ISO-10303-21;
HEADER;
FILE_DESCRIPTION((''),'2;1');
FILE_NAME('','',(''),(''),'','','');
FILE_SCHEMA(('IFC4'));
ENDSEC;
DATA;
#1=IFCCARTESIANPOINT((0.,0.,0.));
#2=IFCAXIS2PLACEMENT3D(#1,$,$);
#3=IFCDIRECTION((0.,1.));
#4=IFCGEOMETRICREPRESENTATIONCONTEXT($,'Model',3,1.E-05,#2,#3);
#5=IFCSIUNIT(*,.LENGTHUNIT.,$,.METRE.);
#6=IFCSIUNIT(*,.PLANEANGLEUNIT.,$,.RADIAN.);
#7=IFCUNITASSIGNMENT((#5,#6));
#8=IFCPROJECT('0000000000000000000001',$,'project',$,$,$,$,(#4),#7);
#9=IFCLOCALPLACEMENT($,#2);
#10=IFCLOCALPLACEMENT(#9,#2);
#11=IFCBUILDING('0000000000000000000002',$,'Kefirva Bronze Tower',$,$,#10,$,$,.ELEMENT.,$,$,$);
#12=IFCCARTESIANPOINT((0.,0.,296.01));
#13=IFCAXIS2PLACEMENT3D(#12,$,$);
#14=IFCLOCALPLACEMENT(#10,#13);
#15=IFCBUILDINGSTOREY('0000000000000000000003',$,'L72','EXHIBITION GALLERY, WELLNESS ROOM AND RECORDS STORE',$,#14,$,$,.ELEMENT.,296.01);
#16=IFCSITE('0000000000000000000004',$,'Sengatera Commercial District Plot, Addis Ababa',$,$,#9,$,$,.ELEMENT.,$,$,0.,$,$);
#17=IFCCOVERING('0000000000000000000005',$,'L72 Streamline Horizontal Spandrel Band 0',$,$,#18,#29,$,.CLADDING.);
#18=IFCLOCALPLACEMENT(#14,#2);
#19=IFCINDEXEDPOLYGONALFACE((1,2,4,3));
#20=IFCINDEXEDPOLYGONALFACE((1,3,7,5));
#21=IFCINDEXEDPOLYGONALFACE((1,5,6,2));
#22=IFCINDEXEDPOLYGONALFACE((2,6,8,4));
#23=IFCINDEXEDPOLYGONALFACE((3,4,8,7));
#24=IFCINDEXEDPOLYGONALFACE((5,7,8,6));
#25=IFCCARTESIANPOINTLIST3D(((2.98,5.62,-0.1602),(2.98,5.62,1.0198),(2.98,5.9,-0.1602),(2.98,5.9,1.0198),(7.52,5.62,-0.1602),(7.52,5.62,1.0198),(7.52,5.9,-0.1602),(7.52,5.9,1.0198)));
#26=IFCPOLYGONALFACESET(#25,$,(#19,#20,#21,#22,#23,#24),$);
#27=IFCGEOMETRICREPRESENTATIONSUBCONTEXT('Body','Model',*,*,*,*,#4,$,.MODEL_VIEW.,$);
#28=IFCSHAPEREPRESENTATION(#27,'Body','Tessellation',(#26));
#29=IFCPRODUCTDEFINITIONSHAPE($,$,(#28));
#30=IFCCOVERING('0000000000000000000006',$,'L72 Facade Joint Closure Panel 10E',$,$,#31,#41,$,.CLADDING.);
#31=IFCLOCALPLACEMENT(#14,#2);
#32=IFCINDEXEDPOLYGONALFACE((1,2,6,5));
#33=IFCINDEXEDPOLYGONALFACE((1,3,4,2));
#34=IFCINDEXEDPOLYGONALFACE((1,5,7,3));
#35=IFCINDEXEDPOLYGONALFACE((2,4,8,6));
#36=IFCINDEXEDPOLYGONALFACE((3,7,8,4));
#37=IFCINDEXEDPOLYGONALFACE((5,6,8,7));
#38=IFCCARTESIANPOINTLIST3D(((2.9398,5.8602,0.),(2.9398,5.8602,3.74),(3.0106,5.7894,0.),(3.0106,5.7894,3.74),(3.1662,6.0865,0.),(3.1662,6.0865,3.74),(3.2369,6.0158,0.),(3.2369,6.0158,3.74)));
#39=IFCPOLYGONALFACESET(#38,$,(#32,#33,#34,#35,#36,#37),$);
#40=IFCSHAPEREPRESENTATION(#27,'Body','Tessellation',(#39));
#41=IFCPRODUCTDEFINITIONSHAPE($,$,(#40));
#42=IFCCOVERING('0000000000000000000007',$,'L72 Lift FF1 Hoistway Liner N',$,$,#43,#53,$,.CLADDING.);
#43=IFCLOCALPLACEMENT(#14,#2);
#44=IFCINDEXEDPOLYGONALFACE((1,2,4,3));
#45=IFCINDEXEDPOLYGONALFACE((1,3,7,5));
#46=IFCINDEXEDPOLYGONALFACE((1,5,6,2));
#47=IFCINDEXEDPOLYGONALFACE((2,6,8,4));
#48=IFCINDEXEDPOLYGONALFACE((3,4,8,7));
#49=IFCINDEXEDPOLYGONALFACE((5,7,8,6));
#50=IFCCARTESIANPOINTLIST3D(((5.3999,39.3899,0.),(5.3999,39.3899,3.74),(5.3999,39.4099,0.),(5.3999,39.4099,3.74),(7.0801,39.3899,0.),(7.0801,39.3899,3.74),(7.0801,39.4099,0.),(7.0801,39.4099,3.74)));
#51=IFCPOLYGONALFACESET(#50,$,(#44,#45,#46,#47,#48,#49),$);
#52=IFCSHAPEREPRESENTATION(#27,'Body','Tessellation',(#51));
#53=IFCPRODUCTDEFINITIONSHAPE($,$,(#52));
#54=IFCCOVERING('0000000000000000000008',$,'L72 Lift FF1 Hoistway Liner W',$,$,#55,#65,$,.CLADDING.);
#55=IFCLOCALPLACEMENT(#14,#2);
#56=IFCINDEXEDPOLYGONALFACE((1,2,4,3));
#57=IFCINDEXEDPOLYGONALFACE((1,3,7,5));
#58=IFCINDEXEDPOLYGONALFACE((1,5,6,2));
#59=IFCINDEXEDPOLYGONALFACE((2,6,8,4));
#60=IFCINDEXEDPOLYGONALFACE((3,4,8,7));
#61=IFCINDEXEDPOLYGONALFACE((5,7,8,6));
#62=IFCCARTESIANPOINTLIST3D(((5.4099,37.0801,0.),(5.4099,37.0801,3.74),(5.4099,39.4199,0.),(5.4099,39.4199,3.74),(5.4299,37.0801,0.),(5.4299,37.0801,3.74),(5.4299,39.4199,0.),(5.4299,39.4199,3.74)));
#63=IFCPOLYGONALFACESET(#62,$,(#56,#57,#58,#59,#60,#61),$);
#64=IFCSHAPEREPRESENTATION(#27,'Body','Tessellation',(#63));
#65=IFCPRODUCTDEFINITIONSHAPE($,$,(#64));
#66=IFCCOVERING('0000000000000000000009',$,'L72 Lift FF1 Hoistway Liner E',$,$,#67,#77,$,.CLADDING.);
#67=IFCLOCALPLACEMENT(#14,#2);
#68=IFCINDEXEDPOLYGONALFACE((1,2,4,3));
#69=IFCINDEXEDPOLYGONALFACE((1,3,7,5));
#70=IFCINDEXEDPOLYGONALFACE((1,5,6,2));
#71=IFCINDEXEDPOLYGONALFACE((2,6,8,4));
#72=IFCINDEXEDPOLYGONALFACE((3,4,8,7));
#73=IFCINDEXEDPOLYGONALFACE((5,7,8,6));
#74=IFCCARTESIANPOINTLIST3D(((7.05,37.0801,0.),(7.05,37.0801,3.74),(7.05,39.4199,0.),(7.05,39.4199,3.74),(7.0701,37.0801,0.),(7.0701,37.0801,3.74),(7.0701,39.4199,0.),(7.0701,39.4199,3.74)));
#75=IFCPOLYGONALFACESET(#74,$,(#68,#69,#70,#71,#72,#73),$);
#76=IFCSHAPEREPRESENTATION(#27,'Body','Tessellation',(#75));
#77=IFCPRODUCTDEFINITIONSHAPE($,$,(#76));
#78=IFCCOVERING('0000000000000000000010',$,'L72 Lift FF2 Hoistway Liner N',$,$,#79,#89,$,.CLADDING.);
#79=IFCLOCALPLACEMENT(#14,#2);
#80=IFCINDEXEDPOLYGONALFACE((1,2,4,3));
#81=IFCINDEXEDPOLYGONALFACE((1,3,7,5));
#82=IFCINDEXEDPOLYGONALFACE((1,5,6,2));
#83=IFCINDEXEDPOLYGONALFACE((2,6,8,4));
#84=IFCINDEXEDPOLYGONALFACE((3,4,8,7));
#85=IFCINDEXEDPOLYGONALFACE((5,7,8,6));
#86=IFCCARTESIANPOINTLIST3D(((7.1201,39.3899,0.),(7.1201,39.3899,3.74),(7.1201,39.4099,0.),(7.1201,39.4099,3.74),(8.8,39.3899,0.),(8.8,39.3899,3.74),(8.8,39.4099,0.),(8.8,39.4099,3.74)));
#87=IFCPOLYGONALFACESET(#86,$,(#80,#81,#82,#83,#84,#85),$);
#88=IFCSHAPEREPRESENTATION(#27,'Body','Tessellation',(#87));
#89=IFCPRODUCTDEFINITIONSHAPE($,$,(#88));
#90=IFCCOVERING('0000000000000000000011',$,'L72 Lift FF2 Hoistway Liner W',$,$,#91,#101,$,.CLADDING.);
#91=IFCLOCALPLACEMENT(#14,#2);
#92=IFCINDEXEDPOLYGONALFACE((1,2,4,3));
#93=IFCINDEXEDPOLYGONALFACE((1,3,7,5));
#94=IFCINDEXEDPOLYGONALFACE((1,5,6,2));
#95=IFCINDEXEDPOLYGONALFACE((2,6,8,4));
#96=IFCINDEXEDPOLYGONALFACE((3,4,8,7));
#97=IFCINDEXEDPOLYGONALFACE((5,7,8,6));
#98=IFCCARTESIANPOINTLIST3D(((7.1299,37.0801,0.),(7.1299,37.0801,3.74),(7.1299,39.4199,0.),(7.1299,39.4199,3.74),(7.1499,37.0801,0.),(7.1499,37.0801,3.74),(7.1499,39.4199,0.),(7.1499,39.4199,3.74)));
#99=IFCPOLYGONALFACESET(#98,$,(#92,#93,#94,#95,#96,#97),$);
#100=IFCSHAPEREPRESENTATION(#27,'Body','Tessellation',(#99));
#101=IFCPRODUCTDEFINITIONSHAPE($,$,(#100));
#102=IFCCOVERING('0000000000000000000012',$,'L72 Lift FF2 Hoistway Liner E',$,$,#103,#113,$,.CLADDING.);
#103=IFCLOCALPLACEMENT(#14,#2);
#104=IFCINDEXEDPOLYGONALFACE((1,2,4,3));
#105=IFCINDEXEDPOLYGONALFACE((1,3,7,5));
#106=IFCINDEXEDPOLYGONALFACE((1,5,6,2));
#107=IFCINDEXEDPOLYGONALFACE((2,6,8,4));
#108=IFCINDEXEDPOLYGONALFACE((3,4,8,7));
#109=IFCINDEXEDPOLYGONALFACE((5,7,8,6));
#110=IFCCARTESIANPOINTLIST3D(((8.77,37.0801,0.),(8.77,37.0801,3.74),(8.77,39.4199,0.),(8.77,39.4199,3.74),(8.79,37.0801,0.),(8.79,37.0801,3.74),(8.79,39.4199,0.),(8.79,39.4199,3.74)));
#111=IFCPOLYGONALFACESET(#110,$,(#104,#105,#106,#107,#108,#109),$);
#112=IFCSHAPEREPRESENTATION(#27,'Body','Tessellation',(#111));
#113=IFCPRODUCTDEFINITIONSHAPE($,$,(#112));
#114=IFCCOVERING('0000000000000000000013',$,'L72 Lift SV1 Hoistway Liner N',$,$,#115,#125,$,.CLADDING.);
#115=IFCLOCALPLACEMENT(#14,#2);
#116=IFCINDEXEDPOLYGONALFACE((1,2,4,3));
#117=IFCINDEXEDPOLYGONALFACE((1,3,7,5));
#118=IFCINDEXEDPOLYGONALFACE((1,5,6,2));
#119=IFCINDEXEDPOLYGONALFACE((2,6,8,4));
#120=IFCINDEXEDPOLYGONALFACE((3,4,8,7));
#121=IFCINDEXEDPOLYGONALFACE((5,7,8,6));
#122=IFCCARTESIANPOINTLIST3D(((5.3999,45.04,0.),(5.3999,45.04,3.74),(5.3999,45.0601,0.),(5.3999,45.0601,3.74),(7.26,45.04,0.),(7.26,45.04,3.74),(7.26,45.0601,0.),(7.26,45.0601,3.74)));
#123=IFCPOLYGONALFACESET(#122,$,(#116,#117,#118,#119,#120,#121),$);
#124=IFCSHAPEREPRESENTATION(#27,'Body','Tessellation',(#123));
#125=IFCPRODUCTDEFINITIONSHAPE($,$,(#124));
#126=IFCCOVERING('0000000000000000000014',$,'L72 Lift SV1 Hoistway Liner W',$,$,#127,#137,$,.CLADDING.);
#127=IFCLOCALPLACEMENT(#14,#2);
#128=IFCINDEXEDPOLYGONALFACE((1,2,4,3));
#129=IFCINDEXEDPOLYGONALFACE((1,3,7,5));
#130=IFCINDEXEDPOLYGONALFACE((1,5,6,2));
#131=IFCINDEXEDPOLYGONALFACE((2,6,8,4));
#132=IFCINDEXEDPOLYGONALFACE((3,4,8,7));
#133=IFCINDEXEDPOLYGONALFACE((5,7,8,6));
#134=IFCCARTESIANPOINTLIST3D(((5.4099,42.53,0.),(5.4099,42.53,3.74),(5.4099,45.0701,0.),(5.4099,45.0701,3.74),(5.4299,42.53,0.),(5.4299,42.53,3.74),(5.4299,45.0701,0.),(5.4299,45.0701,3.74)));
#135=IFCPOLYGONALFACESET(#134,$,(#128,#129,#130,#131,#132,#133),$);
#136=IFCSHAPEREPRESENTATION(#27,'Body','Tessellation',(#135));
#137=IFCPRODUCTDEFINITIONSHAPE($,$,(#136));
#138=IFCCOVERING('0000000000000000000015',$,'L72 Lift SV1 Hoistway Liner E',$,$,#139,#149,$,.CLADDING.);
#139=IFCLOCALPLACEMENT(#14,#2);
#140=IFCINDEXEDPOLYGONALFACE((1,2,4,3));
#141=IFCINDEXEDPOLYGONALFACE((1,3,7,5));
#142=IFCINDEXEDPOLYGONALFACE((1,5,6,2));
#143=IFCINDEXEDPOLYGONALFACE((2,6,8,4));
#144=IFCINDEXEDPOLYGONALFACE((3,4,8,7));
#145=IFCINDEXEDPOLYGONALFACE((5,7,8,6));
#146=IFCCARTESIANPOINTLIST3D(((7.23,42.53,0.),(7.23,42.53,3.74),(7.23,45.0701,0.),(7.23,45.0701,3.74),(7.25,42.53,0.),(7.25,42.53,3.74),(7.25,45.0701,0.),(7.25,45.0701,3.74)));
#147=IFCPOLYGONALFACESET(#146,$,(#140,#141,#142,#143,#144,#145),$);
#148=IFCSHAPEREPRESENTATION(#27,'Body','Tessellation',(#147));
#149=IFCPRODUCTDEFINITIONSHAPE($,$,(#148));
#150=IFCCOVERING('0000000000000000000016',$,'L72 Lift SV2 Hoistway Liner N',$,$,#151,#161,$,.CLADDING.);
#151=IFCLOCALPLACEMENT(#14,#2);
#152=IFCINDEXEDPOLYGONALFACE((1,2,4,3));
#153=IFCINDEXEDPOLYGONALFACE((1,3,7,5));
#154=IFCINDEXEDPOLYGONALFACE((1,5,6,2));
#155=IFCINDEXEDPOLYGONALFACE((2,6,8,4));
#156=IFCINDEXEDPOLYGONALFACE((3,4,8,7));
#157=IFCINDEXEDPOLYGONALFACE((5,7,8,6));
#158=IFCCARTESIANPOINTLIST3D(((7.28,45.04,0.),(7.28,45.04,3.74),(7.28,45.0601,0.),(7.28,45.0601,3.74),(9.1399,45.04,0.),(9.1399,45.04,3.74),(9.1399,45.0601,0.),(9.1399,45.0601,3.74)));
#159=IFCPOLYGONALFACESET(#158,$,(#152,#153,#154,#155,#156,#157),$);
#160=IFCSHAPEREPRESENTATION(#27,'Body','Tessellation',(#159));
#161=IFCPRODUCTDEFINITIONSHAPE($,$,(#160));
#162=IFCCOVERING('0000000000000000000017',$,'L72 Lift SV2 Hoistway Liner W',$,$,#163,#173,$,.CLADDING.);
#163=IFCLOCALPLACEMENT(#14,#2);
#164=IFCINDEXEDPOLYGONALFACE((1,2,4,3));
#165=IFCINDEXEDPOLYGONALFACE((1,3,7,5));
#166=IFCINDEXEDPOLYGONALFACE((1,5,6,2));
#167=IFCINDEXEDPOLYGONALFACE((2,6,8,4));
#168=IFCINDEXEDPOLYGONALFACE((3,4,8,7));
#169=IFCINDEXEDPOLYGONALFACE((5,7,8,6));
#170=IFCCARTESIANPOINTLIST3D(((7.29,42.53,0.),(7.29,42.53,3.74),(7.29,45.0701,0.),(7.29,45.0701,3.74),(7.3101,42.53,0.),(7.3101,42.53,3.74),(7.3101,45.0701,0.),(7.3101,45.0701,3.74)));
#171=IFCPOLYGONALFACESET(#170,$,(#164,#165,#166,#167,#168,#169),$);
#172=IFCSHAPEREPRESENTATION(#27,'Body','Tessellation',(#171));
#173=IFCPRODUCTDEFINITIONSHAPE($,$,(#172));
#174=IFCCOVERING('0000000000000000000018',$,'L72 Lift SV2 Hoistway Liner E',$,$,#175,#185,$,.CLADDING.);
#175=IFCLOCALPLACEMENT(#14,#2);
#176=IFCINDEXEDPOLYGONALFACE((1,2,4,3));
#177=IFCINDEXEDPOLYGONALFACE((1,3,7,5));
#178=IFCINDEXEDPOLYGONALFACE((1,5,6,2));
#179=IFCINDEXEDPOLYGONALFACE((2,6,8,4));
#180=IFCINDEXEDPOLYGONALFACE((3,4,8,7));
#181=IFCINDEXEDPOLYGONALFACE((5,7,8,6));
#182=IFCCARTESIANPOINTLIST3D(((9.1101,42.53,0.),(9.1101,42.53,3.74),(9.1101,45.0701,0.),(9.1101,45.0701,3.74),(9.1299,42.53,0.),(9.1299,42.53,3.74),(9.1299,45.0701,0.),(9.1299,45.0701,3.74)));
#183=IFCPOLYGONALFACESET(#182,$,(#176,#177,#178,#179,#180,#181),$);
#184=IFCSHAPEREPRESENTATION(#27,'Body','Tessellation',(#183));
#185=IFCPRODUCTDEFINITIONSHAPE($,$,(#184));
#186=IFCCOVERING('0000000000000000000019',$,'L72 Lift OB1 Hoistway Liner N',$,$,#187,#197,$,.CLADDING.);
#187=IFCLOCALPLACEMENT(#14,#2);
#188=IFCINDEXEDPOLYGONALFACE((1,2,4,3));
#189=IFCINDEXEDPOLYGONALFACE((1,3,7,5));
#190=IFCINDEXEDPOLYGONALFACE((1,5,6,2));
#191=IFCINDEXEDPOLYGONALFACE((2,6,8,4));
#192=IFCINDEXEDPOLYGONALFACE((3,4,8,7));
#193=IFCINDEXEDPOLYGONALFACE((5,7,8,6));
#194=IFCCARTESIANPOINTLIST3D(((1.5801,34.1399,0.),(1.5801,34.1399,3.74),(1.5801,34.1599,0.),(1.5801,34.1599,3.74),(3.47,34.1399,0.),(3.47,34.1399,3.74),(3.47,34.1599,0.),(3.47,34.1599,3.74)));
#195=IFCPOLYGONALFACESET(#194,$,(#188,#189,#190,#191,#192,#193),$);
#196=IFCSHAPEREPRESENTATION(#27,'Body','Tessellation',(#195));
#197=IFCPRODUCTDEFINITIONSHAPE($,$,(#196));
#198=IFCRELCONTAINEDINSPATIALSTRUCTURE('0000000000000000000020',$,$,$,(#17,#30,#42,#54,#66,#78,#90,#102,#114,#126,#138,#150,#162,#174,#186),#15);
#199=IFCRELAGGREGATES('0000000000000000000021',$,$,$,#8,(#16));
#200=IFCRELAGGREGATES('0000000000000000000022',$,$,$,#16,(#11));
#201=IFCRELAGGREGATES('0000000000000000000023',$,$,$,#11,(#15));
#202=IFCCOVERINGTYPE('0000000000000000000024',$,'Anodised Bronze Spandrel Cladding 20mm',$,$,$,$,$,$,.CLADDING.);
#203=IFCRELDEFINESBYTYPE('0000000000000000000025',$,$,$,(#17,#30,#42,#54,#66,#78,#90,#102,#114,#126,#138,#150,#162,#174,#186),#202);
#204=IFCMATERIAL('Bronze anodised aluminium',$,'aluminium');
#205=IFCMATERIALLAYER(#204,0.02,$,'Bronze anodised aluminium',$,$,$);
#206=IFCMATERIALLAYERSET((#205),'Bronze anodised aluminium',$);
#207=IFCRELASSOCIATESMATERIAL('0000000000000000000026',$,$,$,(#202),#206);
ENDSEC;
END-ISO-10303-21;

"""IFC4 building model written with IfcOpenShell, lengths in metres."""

from ifc_helpers import new_model, si_unit, direction, frame, origin, origin_2d, place, context, subcontext, project, spatial, polyline, rectangle, outline, extrude, material, layer, layer_set, type_object, element, save


model = new_model("IFC4")

# Units and contexts
model_context = context("Model", 3, precision=1e-05, world=origin(), true_north=direction((0.0, 1.0)))
body_context = subcontext(model_context, "Body", "Model", "MODEL_VIEW")
ifc_project = project(units=[si_unit("LENGTHUNIT", "METRE"), si_unit("PLANEANGLEUNIT", "RADIAN")], contexts=[model_context])

# Site, building, storey
site_placement = place(None, origin())
site = spatial("IfcSite", under=ifc_project, at=site_placement, Name="Sengatera Commercial District Plot, Addis Ababa", CompositionType="ELEMENT", RefElevation=0.0)
building_placement = place(site_placement, origin())
building = spatial("IfcBuilding", under=site, at=building_placement, Name="Kefirva Bronze Tower", CompositionType="ELEMENT")
storey_placement = place(building_placement, frame((0.0, 0.0, 296.01)))
storey = spatial("IfcBuildingStorey", under=building, at=storey_placement, Name="L72", Description="EXHIBITION GALLERY, WELLNESS ROOM AND RECORDS STORE", CompositionType="ELEMENT", Elevation=296.01)

# Coverings
ifc_material_1 = material(Name="Bronze anodised aluminium", Category="aluminium")
ifc_layer_1 = layer(ifc_material_1, 0.02, Name="Bronze anodised aluminium")
ifc_layer_set_1 = layer_set([ifc_layer_1], Name="Bronze anodised aluminium")
covering_type_1 = type_object("IfcCoveringType", Name="Anodised Bronze Spandrel Cladding 20mm", PredefinedType="CLADDING", material=ifc_layer_set_1)
covering_1_placement = place(storey_placement, frame((5.25, 5.76, -0.1602), z_axis=(0.0, 0.0, 1.0), x_axis=(1.0, 0.0, 0.0)))
element("IfcCovering", 1, at=covering_1_placement, inside=storey, type_object=covering_type_1, Name="L72 Streamline Horizontal Spandrel Band 0", PredefinedType="CLADDING", context=body_context, shape_type="SweptSolid", body=[
    extrude(rectangle(XDim=4.54, YDim=0.28, at=origin_2d()), origin(), (0.0, 0.0, 1.0), 1.1799),
])
covering_2_placement = place(storey_placement, frame((3.0884, 5.938, 0.0), z_axis=(0.0, 0.0, 1.0), x_axis=(0.707107, -0.707107, 0.0)))
element("IfcCovering", 2, at=covering_2_placement, inside=storey, type_object=covering_type_1, Name="L72 Facade Joint Closure Panel 10E", PredefinedType="CLADDING", context=body_context, shape_type="SweptSolid", body=[
    extrude(rectangle(XDim=0.1001, YDim=0.3201, at=origin_2d()), origin(), (0.0, 0.0, 1.0), 3.74),
])
covering_3_placement = place(storey_placement, origin())
element("IfcCovering", 3, at=covering_3_placement, inside=storey, type_object=covering_type_1, Name="L72 Lift FF1 Hoistway Liner N", PredefinedType="CLADDING", context=body_context, shape_type="SweptSolid", body=[
    extrude(outline(polyline([(5.3999, 39.3899), (7.0801, 39.3899), (7.0801, 39.4099), (5.3999, 39.4099), (5.3999, 39.3899)])), origin(), (0.0, 0.0, 1.0), 3.74),
])
covering_4_placement = place(storey_placement, origin())
element("IfcCovering", 4, at=covering_4_placement, inside=storey, type_object=covering_type_1, Name="L72 Lift FF1 Hoistway Liner W", PredefinedType="CLADDING", context=body_context, shape_type="SweptSolid", body=[
    extrude(outline(polyline([(5.4099, 37.0801), (5.4299, 37.0801), (5.4299, 39.4199), (5.4099, 39.4199), (5.4099, 37.0801)])), origin(), (0.0, 0.0, 1.0), 3.74),
])
covering_5_placement = place(storey_placement, origin())
element("IfcCovering", 5, at=covering_5_placement, inside=storey, type_object=covering_type_1, Name="L72 Lift FF1 Hoistway Liner E", PredefinedType="CLADDING", context=body_context, shape_type="SweptSolid", body=[
    extrude(outline(polyline([(7.05, 37.0801), (7.0701, 37.0801), (7.0701, 39.4199), (7.05, 39.4199), (7.05, 37.0801)])), origin(), (0.0, 0.0, 1.0), 3.74),
])
covering_6_placement = place(storey_placement, origin())
element("IfcCovering", 6, at=covering_6_placement, inside=storey, type_object=covering_type_1, Name="L72 Lift FF2 Hoistway Liner N", PredefinedType="CLADDING", context=body_context, shape_type="SweptSolid", body=[
    extrude(outline(polyline([(7.1201, 39.3899), (8.8, 39.3899), (8.8, 39.4099), (7.1201, 39.4099), (7.1201, 39.3899)])), origin(), (0.0, 0.0, 1.0), 3.74),
])
covering_7_placement = place(storey_placement, origin())
element("IfcCovering", 7, at=covering_7_placement, inside=storey, type_object=covering_type_1, Name="L72 Lift FF2 Hoistway Liner W", PredefinedType="CLADDING", context=body_context, shape_type="SweptSolid", body=[
    extrude(outline(polyline([(7.1299, 37.0801), (7.1499, 37.0801), (7.1499, 39.4199), (7.1299, 39.4199), (7.1299, 37.0801)])), origin(), (0.0, 0.0, 1.0), 3.74),
])
covering_8_placement = place(storey_placement, origin())
element("IfcCovering", 8, at=covering_8_placement, inside=storey, type_object=covering_type_1, Name="L72 Lift FF2 Hoistway Liner E", PredefinedType="CLADDING", context=body_context, shape_type="SweptSolid", body=[
    extrude(outline(polyline([(8.77, 37.0801), (8.79, 37.0801), (8.79, 39.4199), (8.77, 39.4199), (8.77, 37.0801)])), origin(), (0.0, 0.0, 1.0), 3.74),
])
covering_9_placement = place(storey_placement, origin())
element("IfcCovering", 9, at=covering_9_placement, inside=storey, type_object=covering_type_1, Name="L72 Lift SV1 Hoistway Liner N", PredefinedType="CLADDING", context=body_context, shape_type="SweptSolid", body=[
    extrude(outline(polyline([(5.3999, 45.04), (7.26, 45.04), (7.26, 45.0601), (5.3999, 45.0601), (5.3999, 45.04)])), origin(), (0.0, 0.0, 1.0), 3.74),
])
covering_10_placement = place(storey_placement, origin())
element("IfcCovering", 10, at=covering_10_placement, inside=storey, type_object=covering_type_1, Name="L72 Lift SV1 Hoistway Liner W", PredefinedType="CLADDING", context=body_context, shape_type="SweptSolid", body=[
    extrude(outline(polyline([(5.4099, 42.53), (5.4299, 42.53), (5.4299, 45.0701), (5.4099, 45.0701), (5.4099, 42.53)])), origin(), (0.0, 0.0, 1.0), 3.74),
])
covering_11_placement = place(storey_placement, origin())
element("IfcCovering", 11, at=covering_11_placement, inside=storey, type_object=covering_type_1, Name="L72 Lift SV1 Hoistway Liner E", PredefinedType="CLADDING", context=body_context, shape_type="SweptSolid", body=[
    extrude(outline(polyline([(7.23, 42.53), (7.25, 42.53), (7.25, 45.0701), (7.23, 45.0701), (7.23, 42.53)])), origin(), (0.0, 0.0, 1.0), 3.74),
])
covering_12_placement = place(storey_placement, origin())
element("IfcCovering", 12, at=covering_12_placement, inside=storey, type_object=covering_type_1, Name="L72 Lift SV2 Hoistway Liner N", PredefinedType="CLADDING", context=body_context, shape_type="SweptSolid", body=[
    extrude(outline(polyline([(7.28, 45.04), (9.1399, 45.04), (9.1399, 45.0601), (7.28, 45.0601), (7.28, 45.04)])), origin(), (0.0, 0.0, 1.0), 3.74),
])
covering_13_placement = place(storey_placement, origin())
element("IfcCovering", 13, at=covering_13_placement, inside=storey, type_object=covering_type_1, Name="L72 Lift SV2 Hoistway Liner W", PredefinedType="CLADDING", context=body_context, shape_type="SweptSolid", body=[
    extrude(outline(polyline([(7.29, 42.53), (7.3101, 42.53), (7.3101, 45.0701), (7.29, 45.0701), (7.29, 42.53)])), origin(), (0.0, 0.0, 1.0), 3.74),
])
covering_14_placement = place(storey_placement, origin())
element("IfcCovering", 14, at=covering_14_placement, inside=storey, type_object=covering_type_1, Name="L72 Lift SV2 Hoistway Liner E", PredefinedType="CLADDING", context=body_context, shape_type="SweptSolid", body=[
    extrude(outline(polyline([(9.1101, 42.53), (9.1299, 42.53), (9.1299, 45.0701), (9.1101, 45.0701), (9.1101, 42.53)])), origin(), (0.0, 0.0, 1.0), 3.74),
])
covering_15_placement = place(storey_placement, origin())
element("IfcCovering", 15, at=covering_15_placement, inside=storey, type_object=covering_type_1, Name="L72 Lift OB1 Hoistway Liner N", PredefinedType="CLADDING", context=body_context, shape_type="SweptSolid", body=[
    extrude(outline(polyline([(1.5801, 34.1399), (3.47, 34.1399), (3.47, 34.1599), (1.5801, 34.1599), (1.5801, 34.1399)])), origin(), (0.0, 0.0, 1.0), 3.74),
])

save(model, "model.ifc")
